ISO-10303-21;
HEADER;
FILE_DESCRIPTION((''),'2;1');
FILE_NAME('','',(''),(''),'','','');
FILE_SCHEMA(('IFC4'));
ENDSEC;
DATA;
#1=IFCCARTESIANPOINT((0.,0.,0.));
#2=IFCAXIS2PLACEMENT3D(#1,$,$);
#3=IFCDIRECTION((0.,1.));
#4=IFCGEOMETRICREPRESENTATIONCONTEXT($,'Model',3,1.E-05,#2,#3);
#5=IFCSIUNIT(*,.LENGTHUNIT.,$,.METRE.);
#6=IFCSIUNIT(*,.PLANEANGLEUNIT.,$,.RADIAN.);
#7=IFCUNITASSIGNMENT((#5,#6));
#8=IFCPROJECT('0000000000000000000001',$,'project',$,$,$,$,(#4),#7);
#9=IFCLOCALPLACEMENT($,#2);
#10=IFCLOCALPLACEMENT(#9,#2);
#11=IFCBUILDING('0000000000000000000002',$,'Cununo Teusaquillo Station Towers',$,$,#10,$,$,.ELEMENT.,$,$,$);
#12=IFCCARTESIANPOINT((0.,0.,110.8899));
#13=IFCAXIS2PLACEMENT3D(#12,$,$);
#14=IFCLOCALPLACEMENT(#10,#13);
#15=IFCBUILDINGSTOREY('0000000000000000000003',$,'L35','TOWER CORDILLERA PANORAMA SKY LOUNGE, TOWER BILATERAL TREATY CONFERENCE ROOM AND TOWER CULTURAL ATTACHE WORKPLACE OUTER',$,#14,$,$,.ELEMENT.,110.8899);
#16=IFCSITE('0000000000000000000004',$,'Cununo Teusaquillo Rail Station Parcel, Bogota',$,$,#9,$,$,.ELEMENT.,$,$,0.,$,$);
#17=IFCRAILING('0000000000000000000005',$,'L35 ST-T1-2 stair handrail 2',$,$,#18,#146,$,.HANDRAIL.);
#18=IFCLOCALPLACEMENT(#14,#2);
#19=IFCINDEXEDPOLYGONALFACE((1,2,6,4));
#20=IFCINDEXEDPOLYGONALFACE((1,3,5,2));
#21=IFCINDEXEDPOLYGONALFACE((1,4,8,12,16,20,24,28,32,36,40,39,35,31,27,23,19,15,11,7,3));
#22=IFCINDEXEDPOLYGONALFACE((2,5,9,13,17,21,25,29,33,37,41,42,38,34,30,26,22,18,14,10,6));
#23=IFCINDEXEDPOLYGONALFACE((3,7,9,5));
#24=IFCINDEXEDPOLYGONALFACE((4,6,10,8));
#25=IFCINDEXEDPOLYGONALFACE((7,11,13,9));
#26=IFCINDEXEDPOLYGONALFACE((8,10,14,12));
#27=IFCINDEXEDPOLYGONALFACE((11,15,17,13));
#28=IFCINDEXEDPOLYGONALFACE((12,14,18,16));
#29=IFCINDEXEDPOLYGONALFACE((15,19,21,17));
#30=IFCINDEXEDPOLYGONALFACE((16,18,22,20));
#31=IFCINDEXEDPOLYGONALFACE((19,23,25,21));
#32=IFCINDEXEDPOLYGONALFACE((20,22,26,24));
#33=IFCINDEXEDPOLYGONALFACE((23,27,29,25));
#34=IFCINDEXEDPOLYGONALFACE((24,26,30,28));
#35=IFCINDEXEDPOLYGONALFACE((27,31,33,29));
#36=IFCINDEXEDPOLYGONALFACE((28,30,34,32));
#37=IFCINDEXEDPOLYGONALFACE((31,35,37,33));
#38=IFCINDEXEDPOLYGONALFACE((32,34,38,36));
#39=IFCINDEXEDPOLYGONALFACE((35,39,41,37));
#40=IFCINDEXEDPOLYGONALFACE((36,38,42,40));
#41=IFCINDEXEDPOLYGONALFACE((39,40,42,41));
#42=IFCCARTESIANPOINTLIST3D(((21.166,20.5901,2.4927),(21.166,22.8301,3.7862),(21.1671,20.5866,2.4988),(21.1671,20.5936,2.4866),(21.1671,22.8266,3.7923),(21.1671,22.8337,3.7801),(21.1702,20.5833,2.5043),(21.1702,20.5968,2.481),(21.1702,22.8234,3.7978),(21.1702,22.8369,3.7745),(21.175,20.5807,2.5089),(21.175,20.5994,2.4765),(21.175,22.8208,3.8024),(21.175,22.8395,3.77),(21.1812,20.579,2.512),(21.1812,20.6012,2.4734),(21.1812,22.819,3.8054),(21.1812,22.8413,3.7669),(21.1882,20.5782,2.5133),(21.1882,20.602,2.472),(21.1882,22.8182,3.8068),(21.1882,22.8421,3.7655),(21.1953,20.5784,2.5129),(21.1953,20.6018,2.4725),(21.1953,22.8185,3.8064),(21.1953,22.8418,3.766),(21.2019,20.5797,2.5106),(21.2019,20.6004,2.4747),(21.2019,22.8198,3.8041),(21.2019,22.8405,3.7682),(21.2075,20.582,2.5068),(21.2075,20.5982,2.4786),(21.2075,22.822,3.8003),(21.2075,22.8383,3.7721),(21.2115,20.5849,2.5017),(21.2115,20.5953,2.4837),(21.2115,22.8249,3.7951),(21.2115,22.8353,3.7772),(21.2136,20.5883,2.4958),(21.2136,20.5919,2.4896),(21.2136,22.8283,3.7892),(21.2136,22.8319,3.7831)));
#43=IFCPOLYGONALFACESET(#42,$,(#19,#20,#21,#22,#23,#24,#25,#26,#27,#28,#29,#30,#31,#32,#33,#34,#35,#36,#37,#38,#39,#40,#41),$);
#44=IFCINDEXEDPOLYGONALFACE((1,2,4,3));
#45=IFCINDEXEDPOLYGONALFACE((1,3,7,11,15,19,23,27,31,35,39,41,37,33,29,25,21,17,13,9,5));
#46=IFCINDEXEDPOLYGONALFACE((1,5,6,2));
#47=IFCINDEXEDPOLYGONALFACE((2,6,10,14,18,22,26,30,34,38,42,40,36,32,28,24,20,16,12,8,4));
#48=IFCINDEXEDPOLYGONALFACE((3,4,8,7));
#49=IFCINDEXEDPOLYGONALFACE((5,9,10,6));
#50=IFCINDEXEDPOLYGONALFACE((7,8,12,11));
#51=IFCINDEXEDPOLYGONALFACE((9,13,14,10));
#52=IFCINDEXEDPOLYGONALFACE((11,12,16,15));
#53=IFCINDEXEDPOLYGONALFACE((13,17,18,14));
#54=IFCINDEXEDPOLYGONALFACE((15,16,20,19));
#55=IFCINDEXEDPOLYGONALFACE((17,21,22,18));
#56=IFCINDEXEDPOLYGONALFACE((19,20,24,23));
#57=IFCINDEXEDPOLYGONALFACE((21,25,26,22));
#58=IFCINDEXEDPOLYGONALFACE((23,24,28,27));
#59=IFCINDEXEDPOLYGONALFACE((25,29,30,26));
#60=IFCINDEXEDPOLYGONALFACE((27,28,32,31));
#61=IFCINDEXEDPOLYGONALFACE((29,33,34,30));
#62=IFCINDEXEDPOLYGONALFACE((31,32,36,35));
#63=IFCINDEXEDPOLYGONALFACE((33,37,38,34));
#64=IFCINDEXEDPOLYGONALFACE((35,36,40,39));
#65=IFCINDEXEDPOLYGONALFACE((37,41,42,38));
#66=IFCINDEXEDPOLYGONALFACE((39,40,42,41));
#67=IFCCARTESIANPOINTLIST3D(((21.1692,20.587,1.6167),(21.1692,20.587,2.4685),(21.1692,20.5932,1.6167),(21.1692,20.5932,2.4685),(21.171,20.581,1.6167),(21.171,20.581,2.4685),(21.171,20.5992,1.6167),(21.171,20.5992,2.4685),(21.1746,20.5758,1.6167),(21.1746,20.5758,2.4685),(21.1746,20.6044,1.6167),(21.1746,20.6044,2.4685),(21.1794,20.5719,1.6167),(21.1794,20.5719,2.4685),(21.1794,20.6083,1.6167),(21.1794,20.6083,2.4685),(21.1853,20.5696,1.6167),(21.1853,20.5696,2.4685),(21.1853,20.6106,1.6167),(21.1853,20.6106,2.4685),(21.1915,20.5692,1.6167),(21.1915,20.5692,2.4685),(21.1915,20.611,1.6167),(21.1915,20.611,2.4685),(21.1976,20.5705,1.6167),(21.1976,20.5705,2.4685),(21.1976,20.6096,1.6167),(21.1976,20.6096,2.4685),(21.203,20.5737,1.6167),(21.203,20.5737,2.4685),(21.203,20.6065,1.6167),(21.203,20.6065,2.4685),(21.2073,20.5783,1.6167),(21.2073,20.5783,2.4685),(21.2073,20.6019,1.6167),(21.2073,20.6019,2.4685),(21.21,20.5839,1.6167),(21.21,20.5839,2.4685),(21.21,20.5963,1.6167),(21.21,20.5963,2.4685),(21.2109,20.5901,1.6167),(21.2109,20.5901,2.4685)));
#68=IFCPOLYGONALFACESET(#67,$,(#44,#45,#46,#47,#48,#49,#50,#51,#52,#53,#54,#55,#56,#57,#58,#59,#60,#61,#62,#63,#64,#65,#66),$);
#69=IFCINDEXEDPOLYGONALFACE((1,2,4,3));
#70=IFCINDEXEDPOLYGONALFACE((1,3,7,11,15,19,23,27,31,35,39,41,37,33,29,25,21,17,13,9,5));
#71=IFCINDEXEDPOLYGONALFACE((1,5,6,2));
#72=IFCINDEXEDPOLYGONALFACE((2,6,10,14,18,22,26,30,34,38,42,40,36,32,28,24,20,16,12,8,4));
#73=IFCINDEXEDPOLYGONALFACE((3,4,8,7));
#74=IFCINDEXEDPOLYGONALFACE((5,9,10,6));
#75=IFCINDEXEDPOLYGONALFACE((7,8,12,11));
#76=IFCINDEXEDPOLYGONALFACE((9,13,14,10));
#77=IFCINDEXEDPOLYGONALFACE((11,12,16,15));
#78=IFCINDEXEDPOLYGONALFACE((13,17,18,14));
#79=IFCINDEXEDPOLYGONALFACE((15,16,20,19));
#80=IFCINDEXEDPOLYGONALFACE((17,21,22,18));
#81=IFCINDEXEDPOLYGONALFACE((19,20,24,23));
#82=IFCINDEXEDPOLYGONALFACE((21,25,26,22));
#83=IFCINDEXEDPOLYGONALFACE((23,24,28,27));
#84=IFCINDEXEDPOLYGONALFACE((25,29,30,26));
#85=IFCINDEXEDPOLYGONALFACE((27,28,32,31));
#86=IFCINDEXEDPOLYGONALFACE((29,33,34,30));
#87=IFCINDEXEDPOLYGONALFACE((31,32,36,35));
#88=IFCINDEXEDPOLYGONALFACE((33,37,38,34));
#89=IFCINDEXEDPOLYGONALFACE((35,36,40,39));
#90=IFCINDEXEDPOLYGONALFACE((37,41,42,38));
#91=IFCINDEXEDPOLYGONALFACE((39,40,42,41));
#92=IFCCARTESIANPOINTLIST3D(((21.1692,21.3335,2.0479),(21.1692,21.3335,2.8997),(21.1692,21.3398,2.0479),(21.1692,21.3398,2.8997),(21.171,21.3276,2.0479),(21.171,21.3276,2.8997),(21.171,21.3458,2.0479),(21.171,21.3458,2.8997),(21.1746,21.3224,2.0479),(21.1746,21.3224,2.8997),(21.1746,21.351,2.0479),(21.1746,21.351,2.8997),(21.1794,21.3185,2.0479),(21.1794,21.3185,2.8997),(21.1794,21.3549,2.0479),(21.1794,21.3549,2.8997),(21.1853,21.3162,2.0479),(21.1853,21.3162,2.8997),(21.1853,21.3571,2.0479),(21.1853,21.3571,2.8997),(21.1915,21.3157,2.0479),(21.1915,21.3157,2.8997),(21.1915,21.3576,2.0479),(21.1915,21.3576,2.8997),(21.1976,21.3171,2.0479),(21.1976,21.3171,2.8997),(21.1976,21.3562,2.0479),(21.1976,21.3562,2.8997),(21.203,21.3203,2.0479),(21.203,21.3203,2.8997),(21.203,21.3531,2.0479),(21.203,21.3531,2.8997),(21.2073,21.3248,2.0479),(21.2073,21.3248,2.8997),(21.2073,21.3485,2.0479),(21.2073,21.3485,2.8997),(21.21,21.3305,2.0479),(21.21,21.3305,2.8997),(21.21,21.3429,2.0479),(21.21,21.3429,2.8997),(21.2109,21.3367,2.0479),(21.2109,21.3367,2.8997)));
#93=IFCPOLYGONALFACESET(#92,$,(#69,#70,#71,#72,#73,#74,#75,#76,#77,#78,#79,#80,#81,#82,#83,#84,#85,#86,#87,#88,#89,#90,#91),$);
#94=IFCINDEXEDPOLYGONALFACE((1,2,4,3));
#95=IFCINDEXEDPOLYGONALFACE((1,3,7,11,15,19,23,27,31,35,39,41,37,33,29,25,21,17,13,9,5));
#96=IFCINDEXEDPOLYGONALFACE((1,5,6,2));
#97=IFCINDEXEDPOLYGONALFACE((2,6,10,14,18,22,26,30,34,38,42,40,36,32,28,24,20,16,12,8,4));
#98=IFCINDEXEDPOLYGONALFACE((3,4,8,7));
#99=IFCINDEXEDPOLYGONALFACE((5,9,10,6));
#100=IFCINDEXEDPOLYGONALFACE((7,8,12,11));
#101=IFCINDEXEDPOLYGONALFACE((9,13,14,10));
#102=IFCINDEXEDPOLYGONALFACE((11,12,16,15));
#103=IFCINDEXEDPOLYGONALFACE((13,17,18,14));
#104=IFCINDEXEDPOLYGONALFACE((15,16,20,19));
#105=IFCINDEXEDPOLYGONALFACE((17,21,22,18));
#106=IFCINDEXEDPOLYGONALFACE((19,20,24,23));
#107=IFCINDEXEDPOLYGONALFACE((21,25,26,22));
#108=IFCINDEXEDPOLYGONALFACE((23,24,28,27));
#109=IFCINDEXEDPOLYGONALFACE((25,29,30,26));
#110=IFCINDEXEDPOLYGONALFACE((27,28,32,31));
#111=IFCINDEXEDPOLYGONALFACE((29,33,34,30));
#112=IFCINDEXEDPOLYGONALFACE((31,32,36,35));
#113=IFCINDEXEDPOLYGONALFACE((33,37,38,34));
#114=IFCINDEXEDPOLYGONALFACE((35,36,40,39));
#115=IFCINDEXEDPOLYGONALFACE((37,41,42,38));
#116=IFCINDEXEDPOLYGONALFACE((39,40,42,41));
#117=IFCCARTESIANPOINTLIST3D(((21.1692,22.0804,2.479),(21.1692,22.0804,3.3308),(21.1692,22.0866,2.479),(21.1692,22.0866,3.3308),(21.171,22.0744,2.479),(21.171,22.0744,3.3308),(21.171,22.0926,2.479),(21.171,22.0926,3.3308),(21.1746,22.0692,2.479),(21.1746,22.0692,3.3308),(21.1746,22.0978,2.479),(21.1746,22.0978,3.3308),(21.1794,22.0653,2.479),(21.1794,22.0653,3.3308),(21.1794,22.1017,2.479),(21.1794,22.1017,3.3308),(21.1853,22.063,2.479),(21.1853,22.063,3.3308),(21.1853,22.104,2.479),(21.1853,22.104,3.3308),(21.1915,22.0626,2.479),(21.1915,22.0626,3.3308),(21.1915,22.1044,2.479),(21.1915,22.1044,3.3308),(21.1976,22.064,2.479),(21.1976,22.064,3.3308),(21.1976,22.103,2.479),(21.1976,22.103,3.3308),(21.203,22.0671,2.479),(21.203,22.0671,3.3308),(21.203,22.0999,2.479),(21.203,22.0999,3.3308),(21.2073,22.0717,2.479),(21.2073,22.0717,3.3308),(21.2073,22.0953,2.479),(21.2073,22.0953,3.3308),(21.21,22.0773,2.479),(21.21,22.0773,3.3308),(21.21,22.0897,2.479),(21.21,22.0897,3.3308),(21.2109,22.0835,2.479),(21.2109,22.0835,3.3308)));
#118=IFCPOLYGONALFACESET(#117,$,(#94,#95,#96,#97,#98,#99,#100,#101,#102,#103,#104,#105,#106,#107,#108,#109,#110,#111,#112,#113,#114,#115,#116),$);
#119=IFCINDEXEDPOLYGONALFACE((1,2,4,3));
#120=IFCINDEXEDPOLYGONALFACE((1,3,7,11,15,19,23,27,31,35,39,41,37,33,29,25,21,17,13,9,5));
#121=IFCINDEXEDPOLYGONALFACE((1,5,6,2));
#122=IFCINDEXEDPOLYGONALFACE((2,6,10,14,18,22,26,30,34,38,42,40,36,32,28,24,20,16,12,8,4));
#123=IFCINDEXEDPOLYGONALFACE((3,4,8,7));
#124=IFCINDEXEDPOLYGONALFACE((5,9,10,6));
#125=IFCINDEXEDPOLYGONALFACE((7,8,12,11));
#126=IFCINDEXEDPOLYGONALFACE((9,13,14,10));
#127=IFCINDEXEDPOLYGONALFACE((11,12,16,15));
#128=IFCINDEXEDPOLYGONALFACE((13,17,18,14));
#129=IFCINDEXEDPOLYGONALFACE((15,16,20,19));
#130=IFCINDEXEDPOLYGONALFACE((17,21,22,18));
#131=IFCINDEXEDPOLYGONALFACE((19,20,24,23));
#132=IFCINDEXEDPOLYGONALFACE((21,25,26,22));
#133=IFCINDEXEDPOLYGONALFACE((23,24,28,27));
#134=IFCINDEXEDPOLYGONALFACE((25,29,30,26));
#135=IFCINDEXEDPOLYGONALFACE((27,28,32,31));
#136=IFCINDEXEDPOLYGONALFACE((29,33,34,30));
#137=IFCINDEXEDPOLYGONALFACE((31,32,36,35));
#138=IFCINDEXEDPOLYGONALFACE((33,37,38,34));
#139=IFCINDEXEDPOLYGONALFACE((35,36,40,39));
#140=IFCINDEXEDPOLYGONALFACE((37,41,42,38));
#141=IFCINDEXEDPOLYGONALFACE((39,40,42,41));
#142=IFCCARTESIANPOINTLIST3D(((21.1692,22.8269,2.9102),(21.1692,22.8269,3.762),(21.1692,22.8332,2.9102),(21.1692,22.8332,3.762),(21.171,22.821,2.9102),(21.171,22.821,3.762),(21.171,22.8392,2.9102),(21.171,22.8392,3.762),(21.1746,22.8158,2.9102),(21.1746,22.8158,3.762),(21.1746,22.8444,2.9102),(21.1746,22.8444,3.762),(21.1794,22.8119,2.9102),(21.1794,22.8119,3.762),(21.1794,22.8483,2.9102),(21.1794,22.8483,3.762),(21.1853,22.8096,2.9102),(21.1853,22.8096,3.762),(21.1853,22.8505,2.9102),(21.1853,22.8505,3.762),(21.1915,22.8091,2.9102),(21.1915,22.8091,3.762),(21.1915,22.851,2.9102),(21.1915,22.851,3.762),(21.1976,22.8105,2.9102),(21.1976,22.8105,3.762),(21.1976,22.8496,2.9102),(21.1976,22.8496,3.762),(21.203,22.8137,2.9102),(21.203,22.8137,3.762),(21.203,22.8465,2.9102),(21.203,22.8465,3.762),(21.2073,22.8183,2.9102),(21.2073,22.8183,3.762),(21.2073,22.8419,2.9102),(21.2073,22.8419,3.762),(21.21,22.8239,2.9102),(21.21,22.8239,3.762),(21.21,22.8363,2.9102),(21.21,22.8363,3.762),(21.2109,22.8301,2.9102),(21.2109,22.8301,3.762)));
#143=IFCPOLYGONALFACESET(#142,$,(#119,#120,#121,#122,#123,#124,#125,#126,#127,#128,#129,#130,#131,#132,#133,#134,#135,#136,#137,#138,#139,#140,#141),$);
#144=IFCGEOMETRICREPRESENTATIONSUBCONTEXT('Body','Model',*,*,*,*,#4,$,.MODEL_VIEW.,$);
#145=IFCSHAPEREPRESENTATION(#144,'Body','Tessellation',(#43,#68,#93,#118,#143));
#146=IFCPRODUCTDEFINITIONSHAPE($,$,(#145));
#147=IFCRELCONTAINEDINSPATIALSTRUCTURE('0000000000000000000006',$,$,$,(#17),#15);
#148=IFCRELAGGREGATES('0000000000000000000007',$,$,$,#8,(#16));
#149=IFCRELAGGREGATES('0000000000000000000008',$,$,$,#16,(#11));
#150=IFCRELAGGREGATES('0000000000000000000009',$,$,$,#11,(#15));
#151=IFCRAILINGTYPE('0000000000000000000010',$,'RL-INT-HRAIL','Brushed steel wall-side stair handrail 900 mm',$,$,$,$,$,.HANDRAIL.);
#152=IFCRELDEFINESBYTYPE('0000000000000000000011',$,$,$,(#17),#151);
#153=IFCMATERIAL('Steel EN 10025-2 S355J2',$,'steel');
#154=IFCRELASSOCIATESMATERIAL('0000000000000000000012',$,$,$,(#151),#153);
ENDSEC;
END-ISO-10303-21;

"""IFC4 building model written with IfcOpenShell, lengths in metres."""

from ifc_helpers import new_model, si_unit, direction, frame, origin, origin_2d, place, context, subcontext, project, spatial, circle, extrude, material, type_object, element, save


model = new_model("IFC4")

# Units and contexts
model_context = context("Model", 3, precision=1e-05, world=origin(), true_north=direction((0.0, 1.0)))
body_context = subcontext(model_context, "Body", "Model", "MODEL_VIEW")
ifc_project = project(units=[si_unit("LENGTHUNIT", "METRE"), si_unit("PLANEANGLEUNIT", "RADIAN")], contexts=[model_context])

# Site, building, storey
site_placement = place(None, origin())
site = spatial("IfcSite", under=ifc_project, at=site_placement, Name="Cununo Teusaquillo Rail Station Parcel, Bogota", CompositionType="ELEMENT", RefElevation=0.0)
building_placement = place(site_placement, origin())
building = spatial("IfcBuilding", under=site, at=building_placement, Name="Cununo Teusaquillo Station Towers", CompositionType="ELEMENT")
storey_placement = place(building_placement, frame((0.0, 0.0, 110.8899)))
storey = spatial("IfcBuildingStorey", under=building, at=storey_placement, Name="L35", Description="TOWER CORDILLERA PANORAMA SKY LOUNGE, TOWER BILATERAL TREATY CONFERENCE ROOM AND TOWER CULTURAL ATTACHE WORKPLACE OUTER", CompositionType="ELEMENT", Elevation=110.8899)

# Railing
ifc_material_1 = material(Name="Steel EN 10025-2 S355J2", Category="steel")
railing_type_1 = type_object("IfcRailingType", Name="RL-INT-HRAIL", Description="Brushed steel wall-side stair handrail 900 mm", PredefinedType="HANDRAIL", material=ifc_material_1)
railing_1_placement = place(storey_placement, frame((21.1899, 20.5901, 1.6167)))
element("IfcRailing", 1, at=railing_1_placement, inside=storey, type_object=railing_type_1, Name="L35 ST-T1-2 stair handrail 2", PredefinedType="HANDRAIL", context=body_context, shape_type="SweptSolid", body=[
    extrude(circle(Radius=0.0239, at=origin_2d()), frame((0.0, 0.0, 0.876), z_axis=(0.0, 0.865992, 0.500057), x_axis=(-1.0, 0.0, 0.0)), (0.0, 0.0, 1.0), 2.5867),
    extrude(circle(Radius=0.021, at=origin_2d()), origin(), (0.0, 0.0, 1.0), 0.8518),
    extrude(circle(Radius=0.021, at=origin_2d()), frame((0.0, 0.7466, 0.4312)), (0.0, 0.0, 1.0), 0.8518),
    extrude(circle(Radius=0.021, at=origin_2d()), frame((0.0, 1.4934, 0.8623)), (0.0, 0.0, 1.0), 0.8518),
    extrude(circle(Radius=0.021, at=origin_2d()), frame((0.0, 2.24, 1.2935)), (0.0, 0.0, 1.0), 0.8518),
])

save(model, "model.ifc")
